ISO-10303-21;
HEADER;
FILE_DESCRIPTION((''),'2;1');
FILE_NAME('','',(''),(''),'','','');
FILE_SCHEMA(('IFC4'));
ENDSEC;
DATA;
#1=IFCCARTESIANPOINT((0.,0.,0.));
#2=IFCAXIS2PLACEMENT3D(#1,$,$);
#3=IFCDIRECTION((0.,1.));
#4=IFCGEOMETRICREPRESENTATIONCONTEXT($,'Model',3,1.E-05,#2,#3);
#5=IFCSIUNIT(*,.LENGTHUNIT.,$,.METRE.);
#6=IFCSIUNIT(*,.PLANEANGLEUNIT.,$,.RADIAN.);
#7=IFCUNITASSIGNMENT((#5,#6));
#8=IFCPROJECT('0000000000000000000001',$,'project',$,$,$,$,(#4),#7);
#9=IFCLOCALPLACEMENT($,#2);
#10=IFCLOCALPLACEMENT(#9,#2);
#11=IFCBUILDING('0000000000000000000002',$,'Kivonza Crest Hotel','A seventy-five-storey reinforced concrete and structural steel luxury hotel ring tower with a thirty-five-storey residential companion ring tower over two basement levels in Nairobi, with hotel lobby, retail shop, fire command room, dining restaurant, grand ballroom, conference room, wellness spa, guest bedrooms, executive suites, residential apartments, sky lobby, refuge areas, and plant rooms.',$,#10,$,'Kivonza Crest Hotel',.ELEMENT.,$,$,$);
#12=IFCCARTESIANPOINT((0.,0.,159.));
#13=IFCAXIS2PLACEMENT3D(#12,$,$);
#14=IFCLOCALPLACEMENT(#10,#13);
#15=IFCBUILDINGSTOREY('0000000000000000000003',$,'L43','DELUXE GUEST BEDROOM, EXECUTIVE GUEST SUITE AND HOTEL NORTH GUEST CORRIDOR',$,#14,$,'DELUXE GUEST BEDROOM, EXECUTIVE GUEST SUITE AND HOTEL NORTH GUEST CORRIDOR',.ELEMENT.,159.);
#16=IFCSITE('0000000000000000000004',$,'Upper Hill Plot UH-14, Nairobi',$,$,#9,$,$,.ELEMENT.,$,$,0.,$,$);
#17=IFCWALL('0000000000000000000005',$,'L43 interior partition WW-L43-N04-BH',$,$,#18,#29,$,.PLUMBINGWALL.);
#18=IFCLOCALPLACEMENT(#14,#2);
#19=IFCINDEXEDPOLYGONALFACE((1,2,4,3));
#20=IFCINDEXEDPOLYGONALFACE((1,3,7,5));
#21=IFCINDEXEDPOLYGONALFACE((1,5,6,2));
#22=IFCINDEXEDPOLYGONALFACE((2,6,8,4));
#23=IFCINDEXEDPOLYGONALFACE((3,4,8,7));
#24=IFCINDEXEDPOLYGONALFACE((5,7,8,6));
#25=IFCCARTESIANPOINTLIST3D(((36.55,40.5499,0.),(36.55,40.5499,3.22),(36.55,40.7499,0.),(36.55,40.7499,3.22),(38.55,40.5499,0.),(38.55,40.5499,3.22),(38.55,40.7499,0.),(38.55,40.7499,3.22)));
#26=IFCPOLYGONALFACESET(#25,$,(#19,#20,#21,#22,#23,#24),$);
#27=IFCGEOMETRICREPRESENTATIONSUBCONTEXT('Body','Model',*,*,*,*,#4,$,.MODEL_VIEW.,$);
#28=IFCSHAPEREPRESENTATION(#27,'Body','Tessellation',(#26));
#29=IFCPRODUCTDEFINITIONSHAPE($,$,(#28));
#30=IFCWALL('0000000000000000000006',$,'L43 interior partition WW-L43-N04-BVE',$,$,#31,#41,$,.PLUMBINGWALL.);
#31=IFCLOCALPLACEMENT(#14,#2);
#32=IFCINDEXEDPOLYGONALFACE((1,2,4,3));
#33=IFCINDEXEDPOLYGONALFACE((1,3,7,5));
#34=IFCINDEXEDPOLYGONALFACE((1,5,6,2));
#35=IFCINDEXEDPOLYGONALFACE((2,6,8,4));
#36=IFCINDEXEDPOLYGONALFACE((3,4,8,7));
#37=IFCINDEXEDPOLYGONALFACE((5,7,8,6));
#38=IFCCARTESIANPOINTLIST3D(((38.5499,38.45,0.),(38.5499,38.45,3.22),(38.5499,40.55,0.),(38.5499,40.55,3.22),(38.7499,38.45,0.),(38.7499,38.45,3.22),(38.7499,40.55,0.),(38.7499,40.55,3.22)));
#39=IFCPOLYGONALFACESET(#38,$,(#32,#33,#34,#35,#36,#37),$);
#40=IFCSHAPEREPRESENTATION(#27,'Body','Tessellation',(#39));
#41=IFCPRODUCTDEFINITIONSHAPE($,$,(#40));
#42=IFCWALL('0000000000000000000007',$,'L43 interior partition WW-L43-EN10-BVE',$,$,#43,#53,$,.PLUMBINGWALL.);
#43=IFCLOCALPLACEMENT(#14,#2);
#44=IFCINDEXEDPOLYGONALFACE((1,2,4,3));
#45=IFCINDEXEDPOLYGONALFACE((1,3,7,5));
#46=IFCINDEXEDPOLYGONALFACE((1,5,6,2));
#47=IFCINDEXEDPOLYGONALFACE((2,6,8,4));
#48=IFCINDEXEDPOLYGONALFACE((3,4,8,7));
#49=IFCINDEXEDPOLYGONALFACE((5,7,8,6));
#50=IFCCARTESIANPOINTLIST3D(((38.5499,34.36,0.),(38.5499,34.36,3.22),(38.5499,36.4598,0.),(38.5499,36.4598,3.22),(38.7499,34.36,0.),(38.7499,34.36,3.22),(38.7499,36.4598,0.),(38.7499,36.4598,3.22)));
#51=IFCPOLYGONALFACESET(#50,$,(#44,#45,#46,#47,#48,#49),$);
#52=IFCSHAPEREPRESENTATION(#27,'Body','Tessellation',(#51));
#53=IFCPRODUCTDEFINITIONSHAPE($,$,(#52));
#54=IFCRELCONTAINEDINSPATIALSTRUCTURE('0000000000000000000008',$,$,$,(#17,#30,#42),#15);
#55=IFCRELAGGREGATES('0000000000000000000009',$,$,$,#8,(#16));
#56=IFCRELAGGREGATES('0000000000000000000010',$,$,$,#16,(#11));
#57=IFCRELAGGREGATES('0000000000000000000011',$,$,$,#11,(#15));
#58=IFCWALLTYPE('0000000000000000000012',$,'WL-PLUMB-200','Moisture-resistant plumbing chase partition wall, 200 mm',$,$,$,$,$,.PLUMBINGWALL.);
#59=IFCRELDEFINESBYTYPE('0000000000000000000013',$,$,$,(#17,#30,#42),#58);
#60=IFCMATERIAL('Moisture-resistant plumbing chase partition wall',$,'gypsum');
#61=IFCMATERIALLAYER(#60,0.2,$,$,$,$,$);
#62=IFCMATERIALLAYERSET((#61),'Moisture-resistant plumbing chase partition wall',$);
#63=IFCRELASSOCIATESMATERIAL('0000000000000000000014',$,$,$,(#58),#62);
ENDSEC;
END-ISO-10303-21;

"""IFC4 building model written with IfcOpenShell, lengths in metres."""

from ifc_helpers import new_model, si_unit, direction, frame, frame_2d, origin, place, context, subcontext, project, spatial, rectangle, extrude, material, layer, layer_set, type_object, element, save


model = new_model("IFC4")

# Units and contexts
model_context = context("Model", 3, precision=1e-05, world=origin(), true_north=direction((0.0, 1.0)))
body_context = subcontext(model_context, "Body", "Model", "MODEL_VIEW")
ifc_project = project(units=[si_unit("LENGTHUNIT", "METRE"), si_unit("PLANEANGLEUNIT", "RADIAN")], contexts=[model_context])

# Site, building, storey
site_placement = place(None, origin())
site = spatial("IfcSite", under=ifc_project, at=site_placement, Name="Upper Hill Plot UH-14, Nairobi", CompositionType="ELEMENT", RefElevation=0.0)
building_placement = place(site_placement, origin())
building = spatial("IfcBuilding", under=site, at=building_placement, Name="Kivonza Crest Hotel", Description="A seventy-five-storey reinforced concrete and structural steel luxury hotel ring tower with a thirty-five-storey residential companion ring tower over two basement levels in Nairobi, with hotel lobby, retail shop, fire command room, dining restaurant, grand ballroom, conference room, wellness spa, guest bedrooms, executive suites, residential apartments, sky lobby, refuge areas, and plant rooms.", LongName="Kivonza Crest Hotel", CompositionType="ELEMENT")
storey_placement = place(building_placement, frame((0.0, 0.0, 159.0)))
storey = spatial("IfcBuildingStorey", under=building, at=storey_placement, Name="L43", Description="DELUXE GUEST BEDROOM, EXECUTIVE GUEST SUITE AND HOTEL NORTH GUEST CORRIDOR", LongName="DELUXE GUEST BEDROOM, EXECUTIVE GUEST SUITE AND HOTEL NORTH GUEST CORRIDOR", CompositionType="ELEMENT", Elevation=159.0)

# Shared definitions
ifc_material_1 = material(Name="Moisture-resistant plumbing chase partition wall", Category="gypsum")
ifc_layer_1 = layer(ifc_material_1, 0.2)
ifc_layer_set_1 = layer_set([ifc_layer_1], Name="Moisture-resistant plumbing chase partition wall")
wall_type_1 = type_object("IfcWallType", Name="WL-PLUMB-200", Description="Moisture-resistant plumbing chase partition wall, 200 mm", PredefinedType="PLUMBINGWALL", material=ifc_layer_set_1)

# Walls
wall_1_placement = place(storey_placement, frame((36.55, 40.6499, 0.0), z_axis=(0.0, 0.0, 1.0), x_axis=(1.0, 0.0, 0.0)))
element("IfcWall", 1, at=wall_1_placement, inside=storey, type_object=wall_type_1, Name="L43 interior partition WW-L43-N04-BH", PredefinedType="PLUMBINGWALL", context=body_context, shape_type="SweptSolid", body=[
    extrude(rectangle(XDim=2.0, YDim=0.2, at=frame_2d((1.0, 0.0))), origin(), (0.0, 0.0, 1.0), 3.22),
])
wall_2_placement = place(storey_placement, frame((38.6499, 38.45, 0.0), z_axis=(0.0, 0.0, 1.0), x_axis=(0.0, 1.0, 0.0)))
element("IfcWall", 2, at=wall_2_placement, inside=storey, type_object=wall_type_1, Name="L43 interior partition WW-L43-N04-BVE", PredefinedType="PLUMBINGWALL", context=body_context, shape_type="SweptSolid", body=[
    extrude(rectangle(XDim=2.1001, YDim=0.2, at=frame_2d((1.05, 0.0))), origin(), (0.0, 0.0, 1.0), 3.22),
])
wall_3_placement = place(storey_placement, frame((38.6499, 34.3601, 0.0), z_axis=(0.0, 0.0, 1.0), x_axis=(0.0, 1.0, 0.0)))
element("IfcWall", 3, at=wall_3_placement, inside=storey, type_object=wall_type_1, Name="L43 interior partition WW-L43-EN10-BVE", PredefinedType="PLUMBINGWALL", context=body_context, shape_type="SweptSolid", body=[
    extrude(rectangle(XDim=2.0999, YDim=0.2, at=frame_2d((1.0498, 0.0))), origin(), (0.0, 0.0, 1.0), 3.22),
])

save(model, "model.ifc")
